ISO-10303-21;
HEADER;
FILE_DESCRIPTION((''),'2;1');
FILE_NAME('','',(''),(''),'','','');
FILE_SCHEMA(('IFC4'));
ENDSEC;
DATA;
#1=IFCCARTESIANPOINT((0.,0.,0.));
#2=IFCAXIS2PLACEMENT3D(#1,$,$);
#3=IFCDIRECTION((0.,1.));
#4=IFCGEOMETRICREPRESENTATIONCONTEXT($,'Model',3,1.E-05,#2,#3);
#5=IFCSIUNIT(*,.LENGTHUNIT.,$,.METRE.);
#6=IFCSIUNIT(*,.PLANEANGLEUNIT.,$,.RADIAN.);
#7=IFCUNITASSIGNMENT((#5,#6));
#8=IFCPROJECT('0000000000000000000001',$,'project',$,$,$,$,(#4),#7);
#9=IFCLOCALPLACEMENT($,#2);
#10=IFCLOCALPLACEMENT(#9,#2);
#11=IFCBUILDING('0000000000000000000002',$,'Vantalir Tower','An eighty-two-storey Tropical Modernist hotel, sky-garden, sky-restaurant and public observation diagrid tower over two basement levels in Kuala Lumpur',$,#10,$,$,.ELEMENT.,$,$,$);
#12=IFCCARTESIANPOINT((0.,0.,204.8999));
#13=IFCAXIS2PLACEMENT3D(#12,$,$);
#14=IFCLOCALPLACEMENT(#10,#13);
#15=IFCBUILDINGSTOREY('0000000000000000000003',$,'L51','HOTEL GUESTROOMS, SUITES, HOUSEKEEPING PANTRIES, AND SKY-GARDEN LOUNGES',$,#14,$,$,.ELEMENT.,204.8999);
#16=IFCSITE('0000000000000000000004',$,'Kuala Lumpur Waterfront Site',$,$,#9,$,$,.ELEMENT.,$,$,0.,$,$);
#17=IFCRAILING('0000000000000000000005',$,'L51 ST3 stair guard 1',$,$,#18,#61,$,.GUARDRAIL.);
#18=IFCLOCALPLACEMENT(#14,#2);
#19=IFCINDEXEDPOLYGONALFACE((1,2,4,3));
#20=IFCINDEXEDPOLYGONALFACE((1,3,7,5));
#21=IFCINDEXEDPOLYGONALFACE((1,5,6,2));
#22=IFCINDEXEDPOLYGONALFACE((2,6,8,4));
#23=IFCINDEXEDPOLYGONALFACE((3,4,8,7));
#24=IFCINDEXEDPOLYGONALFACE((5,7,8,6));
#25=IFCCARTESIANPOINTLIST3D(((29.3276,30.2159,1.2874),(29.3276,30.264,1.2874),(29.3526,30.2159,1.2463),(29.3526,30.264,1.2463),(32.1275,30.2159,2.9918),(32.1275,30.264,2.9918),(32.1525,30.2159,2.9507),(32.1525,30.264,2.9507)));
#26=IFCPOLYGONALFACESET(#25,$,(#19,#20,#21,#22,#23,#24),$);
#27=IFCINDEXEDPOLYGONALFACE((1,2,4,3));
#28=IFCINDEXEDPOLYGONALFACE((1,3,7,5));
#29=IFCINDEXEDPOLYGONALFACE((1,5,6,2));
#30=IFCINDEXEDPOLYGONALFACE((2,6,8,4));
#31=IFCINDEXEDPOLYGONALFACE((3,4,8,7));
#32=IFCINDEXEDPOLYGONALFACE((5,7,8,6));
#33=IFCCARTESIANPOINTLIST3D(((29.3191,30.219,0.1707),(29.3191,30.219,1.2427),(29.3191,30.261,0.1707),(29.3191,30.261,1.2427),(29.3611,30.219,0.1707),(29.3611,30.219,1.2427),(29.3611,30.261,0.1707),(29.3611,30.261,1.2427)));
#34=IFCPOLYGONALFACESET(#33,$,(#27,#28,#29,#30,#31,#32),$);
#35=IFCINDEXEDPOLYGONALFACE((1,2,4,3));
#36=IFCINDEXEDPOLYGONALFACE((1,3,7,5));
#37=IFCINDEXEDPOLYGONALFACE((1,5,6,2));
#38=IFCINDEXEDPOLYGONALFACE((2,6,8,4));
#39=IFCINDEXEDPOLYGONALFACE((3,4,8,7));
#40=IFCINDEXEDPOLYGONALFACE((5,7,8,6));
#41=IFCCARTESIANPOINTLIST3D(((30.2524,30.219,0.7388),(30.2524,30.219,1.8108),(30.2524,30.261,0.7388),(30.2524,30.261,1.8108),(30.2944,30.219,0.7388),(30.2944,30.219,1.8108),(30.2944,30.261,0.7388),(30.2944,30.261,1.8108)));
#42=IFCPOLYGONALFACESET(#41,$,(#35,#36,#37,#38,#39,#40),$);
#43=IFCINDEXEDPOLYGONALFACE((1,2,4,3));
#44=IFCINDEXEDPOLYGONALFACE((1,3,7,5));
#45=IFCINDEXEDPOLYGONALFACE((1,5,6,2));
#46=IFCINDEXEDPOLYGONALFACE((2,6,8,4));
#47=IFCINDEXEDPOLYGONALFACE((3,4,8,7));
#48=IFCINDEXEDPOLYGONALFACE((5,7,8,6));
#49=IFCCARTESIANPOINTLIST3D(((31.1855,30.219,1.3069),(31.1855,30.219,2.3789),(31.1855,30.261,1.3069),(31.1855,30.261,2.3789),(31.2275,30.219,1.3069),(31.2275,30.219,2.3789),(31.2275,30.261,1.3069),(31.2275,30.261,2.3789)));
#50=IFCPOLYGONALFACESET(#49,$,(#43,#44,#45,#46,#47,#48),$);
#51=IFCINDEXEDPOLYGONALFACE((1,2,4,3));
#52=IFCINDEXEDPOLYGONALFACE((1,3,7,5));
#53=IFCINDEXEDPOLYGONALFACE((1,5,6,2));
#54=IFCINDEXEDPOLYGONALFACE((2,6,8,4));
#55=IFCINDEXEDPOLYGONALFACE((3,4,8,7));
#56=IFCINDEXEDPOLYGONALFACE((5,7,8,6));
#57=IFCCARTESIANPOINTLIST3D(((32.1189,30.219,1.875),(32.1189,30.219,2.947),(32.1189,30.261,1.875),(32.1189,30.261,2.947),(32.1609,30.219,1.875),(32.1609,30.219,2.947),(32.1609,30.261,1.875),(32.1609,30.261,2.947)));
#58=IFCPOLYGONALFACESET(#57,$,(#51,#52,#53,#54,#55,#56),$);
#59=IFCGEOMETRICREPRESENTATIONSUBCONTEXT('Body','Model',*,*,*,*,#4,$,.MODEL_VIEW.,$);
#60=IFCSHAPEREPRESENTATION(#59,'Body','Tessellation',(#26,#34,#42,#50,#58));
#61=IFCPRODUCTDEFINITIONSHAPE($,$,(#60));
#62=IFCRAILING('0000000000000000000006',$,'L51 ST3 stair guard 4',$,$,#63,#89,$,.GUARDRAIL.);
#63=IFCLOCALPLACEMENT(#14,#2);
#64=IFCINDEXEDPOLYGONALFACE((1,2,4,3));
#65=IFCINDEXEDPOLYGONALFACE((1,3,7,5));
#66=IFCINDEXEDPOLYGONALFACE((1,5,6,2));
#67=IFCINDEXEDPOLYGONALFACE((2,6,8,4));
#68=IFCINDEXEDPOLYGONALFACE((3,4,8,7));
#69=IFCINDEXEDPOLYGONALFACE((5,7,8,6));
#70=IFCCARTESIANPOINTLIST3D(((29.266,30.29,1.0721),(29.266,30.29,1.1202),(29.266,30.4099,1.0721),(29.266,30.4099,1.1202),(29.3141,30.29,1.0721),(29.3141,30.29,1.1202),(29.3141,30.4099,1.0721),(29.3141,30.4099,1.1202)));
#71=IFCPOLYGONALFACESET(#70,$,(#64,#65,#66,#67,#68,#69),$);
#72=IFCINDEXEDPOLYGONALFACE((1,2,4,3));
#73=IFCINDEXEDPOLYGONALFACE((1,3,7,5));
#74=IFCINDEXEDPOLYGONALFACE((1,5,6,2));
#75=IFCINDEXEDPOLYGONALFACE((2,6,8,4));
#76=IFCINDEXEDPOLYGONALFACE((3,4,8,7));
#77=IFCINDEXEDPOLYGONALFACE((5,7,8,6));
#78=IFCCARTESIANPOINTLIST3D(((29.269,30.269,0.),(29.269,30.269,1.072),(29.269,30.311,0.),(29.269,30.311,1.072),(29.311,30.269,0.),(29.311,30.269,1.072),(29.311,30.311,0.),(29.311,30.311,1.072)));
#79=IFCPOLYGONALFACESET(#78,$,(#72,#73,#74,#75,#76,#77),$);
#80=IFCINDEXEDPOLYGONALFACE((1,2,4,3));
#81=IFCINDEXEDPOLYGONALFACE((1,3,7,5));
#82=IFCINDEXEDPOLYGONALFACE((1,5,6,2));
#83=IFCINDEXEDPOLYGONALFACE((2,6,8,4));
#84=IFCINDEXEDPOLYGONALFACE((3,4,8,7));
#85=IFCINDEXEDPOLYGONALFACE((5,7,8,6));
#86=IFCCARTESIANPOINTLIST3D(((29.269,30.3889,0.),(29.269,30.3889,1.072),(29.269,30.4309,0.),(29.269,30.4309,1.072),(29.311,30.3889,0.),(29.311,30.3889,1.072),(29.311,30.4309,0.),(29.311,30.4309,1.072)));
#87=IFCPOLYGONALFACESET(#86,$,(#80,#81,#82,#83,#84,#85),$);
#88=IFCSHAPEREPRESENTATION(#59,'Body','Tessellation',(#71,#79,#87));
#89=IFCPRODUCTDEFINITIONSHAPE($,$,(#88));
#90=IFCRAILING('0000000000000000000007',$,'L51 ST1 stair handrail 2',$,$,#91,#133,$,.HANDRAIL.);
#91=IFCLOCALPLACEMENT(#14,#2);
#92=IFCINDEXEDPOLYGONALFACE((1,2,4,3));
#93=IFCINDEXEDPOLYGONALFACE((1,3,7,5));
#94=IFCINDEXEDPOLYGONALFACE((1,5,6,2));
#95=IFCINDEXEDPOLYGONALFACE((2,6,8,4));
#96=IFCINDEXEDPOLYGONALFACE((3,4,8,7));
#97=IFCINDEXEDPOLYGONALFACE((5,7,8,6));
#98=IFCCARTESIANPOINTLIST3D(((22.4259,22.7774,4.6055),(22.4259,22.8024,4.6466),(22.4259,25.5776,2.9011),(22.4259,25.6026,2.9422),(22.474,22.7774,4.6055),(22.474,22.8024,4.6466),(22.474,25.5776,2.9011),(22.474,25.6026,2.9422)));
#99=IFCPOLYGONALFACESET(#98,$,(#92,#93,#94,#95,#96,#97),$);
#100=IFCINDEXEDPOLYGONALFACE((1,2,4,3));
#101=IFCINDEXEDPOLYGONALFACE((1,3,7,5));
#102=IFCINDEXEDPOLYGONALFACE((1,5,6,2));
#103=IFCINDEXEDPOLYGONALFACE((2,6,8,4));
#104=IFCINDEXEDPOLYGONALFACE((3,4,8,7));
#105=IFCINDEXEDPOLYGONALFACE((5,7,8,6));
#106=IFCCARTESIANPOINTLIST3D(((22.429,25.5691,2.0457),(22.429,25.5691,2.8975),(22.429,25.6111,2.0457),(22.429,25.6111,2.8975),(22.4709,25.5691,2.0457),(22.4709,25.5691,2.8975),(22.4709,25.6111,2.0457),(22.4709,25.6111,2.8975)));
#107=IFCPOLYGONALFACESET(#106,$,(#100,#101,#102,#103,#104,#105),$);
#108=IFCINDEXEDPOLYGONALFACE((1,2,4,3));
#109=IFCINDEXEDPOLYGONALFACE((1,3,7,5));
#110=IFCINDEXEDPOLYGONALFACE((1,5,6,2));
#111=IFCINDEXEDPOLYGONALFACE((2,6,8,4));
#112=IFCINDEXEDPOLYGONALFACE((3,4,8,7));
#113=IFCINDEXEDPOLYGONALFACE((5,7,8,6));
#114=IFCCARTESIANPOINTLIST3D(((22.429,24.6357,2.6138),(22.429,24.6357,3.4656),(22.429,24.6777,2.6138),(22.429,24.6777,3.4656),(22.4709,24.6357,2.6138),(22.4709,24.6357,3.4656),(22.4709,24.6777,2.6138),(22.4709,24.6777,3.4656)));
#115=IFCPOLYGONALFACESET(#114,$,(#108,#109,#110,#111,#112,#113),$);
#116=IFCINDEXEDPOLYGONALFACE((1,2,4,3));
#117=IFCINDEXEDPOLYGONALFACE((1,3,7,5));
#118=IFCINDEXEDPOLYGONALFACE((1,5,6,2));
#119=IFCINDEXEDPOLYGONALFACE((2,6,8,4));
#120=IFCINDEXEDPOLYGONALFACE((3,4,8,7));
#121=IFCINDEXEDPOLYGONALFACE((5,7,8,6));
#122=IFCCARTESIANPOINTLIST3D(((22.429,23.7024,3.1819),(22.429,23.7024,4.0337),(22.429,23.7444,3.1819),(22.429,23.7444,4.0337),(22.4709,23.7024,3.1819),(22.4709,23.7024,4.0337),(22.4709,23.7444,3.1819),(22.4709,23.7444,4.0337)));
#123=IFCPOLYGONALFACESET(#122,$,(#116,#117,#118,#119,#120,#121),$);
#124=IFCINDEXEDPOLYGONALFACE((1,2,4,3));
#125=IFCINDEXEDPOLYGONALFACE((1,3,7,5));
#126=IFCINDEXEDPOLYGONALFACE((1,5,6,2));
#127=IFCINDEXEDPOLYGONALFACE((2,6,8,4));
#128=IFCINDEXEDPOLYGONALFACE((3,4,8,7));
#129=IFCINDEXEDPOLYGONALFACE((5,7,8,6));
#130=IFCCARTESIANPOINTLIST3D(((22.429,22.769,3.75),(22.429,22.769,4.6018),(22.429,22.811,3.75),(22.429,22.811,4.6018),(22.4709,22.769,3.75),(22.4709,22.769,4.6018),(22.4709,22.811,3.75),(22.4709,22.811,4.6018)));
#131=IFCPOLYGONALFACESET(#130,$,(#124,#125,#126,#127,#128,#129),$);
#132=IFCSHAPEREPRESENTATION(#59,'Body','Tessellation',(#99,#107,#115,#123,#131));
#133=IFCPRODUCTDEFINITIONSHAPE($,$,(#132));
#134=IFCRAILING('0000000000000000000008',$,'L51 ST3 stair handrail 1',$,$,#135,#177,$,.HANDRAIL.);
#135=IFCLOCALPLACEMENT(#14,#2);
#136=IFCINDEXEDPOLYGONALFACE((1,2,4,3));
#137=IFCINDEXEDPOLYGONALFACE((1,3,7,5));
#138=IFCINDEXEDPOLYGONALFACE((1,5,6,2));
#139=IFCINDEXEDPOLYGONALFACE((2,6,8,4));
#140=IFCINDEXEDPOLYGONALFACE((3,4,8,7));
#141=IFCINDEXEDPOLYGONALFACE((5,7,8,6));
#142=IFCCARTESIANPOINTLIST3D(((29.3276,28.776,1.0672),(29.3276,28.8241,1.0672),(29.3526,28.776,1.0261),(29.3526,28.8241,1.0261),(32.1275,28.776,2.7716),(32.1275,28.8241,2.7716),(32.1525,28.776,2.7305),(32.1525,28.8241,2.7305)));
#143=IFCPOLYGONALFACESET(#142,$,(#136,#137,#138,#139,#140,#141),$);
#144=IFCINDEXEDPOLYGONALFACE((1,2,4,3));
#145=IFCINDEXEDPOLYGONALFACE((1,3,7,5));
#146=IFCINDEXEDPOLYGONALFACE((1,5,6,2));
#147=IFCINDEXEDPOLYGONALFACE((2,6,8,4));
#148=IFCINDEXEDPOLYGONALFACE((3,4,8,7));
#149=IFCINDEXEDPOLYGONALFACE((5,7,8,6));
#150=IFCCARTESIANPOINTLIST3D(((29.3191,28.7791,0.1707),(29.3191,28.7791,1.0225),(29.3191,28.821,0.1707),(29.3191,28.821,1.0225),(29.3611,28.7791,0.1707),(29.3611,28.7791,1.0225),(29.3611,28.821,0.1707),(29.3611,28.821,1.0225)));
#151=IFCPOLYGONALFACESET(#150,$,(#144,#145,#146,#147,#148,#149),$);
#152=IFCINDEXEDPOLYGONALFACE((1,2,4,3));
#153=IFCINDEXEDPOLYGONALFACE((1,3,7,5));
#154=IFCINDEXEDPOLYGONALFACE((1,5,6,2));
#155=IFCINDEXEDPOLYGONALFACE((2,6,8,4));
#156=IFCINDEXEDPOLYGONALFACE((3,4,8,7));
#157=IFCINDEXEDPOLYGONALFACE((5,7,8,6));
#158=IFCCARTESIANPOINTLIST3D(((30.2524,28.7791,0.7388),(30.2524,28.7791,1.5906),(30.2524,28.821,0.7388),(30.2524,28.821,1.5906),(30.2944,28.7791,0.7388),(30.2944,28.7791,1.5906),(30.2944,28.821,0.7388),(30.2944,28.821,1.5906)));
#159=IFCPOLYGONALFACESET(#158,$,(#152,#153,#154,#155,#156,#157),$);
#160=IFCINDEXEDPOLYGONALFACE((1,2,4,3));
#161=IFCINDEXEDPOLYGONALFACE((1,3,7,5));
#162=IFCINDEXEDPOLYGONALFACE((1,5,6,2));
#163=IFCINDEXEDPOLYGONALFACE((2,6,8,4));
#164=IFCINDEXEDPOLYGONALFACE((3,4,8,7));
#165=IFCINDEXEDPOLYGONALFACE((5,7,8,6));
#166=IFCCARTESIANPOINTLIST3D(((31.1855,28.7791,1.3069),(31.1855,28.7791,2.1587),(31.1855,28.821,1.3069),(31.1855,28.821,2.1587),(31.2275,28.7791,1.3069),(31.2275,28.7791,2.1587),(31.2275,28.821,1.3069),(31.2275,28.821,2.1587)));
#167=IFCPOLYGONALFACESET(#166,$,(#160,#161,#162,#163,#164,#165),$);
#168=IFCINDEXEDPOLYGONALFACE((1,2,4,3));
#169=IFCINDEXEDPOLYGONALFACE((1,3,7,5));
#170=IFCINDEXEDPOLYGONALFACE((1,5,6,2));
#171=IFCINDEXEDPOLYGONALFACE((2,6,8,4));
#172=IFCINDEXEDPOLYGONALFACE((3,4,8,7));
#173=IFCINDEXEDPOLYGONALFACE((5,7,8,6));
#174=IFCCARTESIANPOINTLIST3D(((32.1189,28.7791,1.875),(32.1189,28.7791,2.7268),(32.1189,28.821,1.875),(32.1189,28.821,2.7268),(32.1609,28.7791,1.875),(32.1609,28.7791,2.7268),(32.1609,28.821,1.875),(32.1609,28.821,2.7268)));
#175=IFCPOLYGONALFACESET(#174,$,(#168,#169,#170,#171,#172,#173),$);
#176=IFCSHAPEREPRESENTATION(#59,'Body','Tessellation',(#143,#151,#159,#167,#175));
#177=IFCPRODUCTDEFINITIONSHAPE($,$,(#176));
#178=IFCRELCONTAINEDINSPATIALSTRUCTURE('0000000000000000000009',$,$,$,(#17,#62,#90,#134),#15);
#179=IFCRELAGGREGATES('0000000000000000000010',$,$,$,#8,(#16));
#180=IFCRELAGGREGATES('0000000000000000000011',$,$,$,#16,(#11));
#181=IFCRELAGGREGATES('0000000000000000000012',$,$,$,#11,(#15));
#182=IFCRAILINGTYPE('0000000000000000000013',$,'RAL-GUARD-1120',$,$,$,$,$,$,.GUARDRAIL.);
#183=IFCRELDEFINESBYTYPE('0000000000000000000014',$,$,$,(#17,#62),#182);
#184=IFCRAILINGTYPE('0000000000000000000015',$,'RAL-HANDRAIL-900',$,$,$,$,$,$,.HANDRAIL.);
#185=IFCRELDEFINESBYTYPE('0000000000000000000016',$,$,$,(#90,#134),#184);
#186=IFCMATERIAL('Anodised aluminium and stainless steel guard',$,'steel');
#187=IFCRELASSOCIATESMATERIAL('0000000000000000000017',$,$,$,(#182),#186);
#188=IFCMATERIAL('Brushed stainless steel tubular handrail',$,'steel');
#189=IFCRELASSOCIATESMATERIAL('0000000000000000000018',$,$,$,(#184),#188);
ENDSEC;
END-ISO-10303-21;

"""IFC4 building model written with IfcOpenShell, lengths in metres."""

from ifc_helpers import new_model, si_unit, direction, frame, origin, origin_2d, place, context, subcontext, project, spatial, rectangle, extrude, material, type_object, element, save


model = new_model("IFC4")

# Units and contexts
model_context = context("Model", 3, precision=1e-05, world=origin(), true_north=direction((0.0, 1.0)))
body_context = subcontext(model_context, "Body", "Model", "MODEL_VIEW")
ifc_project = project(units=[si_unit("LENGTHUNIT", "METRE"), si_unit("PLANEANGLEUNIT", "RADIAN")], contexts=[model_context])

# Site, building, storey
site_placement = place(None, origin())
site = spatial("IfcSite", under=ifc_project, at=site_placement, Name="Kuala Lumpur Waterfront Site", CompositionType="ELEMENT", RefElevation=0.0)
building_placement = place(site_placement, origin())
building = spatial("IfcBuilding", under=site, at=building_placement, Name="Vantalir Tower", Description="An eighty-two-storey Tropical Modernist hotel, sky-garden, sky-restaurant and public observation diagrid tower over two basement levels in Kuala Lumpur", CompositionType="ELEMENT")
storey_placement = place(building_placement, frame((0.0, 0.0, 204.8999)))
storey = spatial("IfcBuildingStorey", under=building, at=storey_placement, Name="L51", Description="HOTEL GUESTROOMS, SUITES, HOUSEKEEPING PANTRIES, AND SKY-GARDEN LOUNGES", CompositionType="ELEMENT", Elevation=204.8999)

# Railings
ifc_material_1 = material(Name="Anodised aluminium and stainless steel guard", Category="steel")
railing_type_1 = type_object("IfcRailingType", Name="RAL-GUARD-1120", PredefinedType="GUARDRAIL", material=ifc_material_1)
railing_1_placement = place(storey_placement, frame((29.3401, 30.24, 0.1707)))
element("IfcRailing", 1, at=railing_1_placement, inside=storey, type_object=railing_type_1, Name="L51 ST3 stair guard 1", PredefinedType="GUARDRAIL", context=body_context, shape_type="SweptSolid", body=[
    extrude(rectangle(XDim=0.0481, YDim=0.0481, at=origin_2d()), frame((0.0, 0.0, 1.0962), z_axis=(0.854183, 0.0, 0.519973), x_axis=(0.0, 1.0, 0.0)), (0.0, 0.0, 1.0), 3.2778),
    extrude(rectangle(XDim=0.042, YDim=0.042, at=origin_2d()), origin(), (0.0, 0.0, 1.0), 1.072),
    extrude(rectangle(XDim=0.042, YDim=0.042, at=origin_2d()), frame((0.9333, 0.0, 0.5681)), (0.0, 0.0, 1.0), 1.072),
    extrude(rectangle(XDim=0.042, YDim=0.042, at=origin_2d()), frame((1.8665, 0.0, 1.1362)), (0.0, 0.0, 1.0), 1.072),
    extrude(rectangle(XDim=0.042, YDim=0.042, at=origin_2d()), frame((2.7998, 0.0, 1.7043)), (0.0, 0.0, 1.0), 1.072),
])
railing_2_placement = place(storey_placement, frame((29.29, 30.29, 0.0)))
element("IfcRailing", 2, at=railing_2_placement, inside=storey, type_object=railing_type_1, Name="L51 ST3 stair guard 4", PredefinedType="GUARDRAIL", context=body_context, shape_type="SweptSolid", body=[
    extrude(rectangle(XDim=0.0481, YDim=0.0481, at=origin_2d()), frame((0.0, 0.0, 1.0962), z_axis=(0.0, 1.0, 0.0), x_axis=(-1.0, 0.0, 0.0)), (0.0, 0.0, 1.0), 0.1199),
    extrude(rectangle(XDim=0.042, YDim=0.042, at=origin_2d()), origin(), (0.0, 0.0, 1.0), 1.072),
    extrude(rectangle(XDim=0.042, YDim=0.042, at=origin_2d()), frame((0.0, 0.1199, 0.0)), (0.0, 0.0, 1.0), 1.072),
])
ifc_material_2 = material(Name="Brushed stainless steel tubular handrail", Category="steel")
railing_type_2 = type_object("IfcRailingType", Name="RAL-HANDRAIL-900", PredefinedType="HANDRAIL", material=ifc_material_2)
railing_3_placement = place(storey_placement, frame((22.45, 25.5901, 2.0457)))
element("IfcRailing", 3, at=railing_3_placement, inside=storey, type_object=railing_type_2, Name="L51 ST1 stair handrail 2", PredefinedType="HANDRAIL", context=body_context, shape_type="SweptSolid", body=[
    extrude(rectangle(XDim=0.0481, YDim=0.0481, at=origin_2d()), frame((0.0, 0.0, 0.876), z_axis=(0.0, -0.854203, 0.51994), x_axis=(1.0, 0.0, 0.0)), (0.0, 0.0, 1.0), 3.2781),
    extrude(rectangle(XDim=0.042, YDim=0.042, at=origin_2d()), origin(), (0.0, 0.0, 1.0), 0.8518),
    extrude(rectangle(XDim=0.042, YDim=0.042, at=origin_2d()), frame((0.0, -0.9333, 0.5681)), (0.0, 0.0, 1.0), 0.8518),
    extrude(rectangle(XDim=0.042, YDim=0.042, at=origin_2d()), frame((0.0, -1.8667, 1.1362)), (0.0, 0.0, 1.0), 0.8518),
    extrude(rectangle(XDim=0.042, YDim=0.042, at=origin_2d()), frame((0.0, -2.8, 1.7043)), (0.0, 0.0, 1.0), 0.8518),
])
railing_4_placement = place(storey_placement, frame((29.3401, 28.8, 0.1707)))
element("IfcRailing", 4, at=railing_4_placement, inside=storey, type_object=railing_type_2, Name="L51 ST3 stair handrail 1", PredefinedType="HANDRAIL", context=body_context, shape_type="SweptSolid", body=[
    extrude(rectangle(XDim=0.0481, YDim=0.0481, at=origin_2d()), frame((0.0, 0.0, 0.876), z_axis=(0.854183, 0.0, 0.519973), x_axis=(0.0, 1.0, 0.0)), (0.0, 0.0, 1.0), 3.2778),
    extrude(rectangle(XDim=0.042, YDim=0.042, at=origin_2d()), origin(), (0.0, 0.0, 1.0), 0.8518),
    extrude(rectangle(XDim=0.042, YDim=0.042, at=origin_2d()), frame((0.9333, 0.0, 0.5681)), (0.0, 0.0, 1.0), 0.8518),
    extrude(rectangle(XDim=0.042, YDim=0.042, at=origin_2d()), frame((1.8665, 0.0, 1.1362)), (0.0, 0.0, 1.0), 0.8518),
    extrude(rectangle(XDim=0.042, YDim=0.042, at=origin_2d()), frame((2.7998, 0.0, 1.7043)), (0.0, 0.0, 1.0), 0.8518),
])

save(model, "model.ifc")
